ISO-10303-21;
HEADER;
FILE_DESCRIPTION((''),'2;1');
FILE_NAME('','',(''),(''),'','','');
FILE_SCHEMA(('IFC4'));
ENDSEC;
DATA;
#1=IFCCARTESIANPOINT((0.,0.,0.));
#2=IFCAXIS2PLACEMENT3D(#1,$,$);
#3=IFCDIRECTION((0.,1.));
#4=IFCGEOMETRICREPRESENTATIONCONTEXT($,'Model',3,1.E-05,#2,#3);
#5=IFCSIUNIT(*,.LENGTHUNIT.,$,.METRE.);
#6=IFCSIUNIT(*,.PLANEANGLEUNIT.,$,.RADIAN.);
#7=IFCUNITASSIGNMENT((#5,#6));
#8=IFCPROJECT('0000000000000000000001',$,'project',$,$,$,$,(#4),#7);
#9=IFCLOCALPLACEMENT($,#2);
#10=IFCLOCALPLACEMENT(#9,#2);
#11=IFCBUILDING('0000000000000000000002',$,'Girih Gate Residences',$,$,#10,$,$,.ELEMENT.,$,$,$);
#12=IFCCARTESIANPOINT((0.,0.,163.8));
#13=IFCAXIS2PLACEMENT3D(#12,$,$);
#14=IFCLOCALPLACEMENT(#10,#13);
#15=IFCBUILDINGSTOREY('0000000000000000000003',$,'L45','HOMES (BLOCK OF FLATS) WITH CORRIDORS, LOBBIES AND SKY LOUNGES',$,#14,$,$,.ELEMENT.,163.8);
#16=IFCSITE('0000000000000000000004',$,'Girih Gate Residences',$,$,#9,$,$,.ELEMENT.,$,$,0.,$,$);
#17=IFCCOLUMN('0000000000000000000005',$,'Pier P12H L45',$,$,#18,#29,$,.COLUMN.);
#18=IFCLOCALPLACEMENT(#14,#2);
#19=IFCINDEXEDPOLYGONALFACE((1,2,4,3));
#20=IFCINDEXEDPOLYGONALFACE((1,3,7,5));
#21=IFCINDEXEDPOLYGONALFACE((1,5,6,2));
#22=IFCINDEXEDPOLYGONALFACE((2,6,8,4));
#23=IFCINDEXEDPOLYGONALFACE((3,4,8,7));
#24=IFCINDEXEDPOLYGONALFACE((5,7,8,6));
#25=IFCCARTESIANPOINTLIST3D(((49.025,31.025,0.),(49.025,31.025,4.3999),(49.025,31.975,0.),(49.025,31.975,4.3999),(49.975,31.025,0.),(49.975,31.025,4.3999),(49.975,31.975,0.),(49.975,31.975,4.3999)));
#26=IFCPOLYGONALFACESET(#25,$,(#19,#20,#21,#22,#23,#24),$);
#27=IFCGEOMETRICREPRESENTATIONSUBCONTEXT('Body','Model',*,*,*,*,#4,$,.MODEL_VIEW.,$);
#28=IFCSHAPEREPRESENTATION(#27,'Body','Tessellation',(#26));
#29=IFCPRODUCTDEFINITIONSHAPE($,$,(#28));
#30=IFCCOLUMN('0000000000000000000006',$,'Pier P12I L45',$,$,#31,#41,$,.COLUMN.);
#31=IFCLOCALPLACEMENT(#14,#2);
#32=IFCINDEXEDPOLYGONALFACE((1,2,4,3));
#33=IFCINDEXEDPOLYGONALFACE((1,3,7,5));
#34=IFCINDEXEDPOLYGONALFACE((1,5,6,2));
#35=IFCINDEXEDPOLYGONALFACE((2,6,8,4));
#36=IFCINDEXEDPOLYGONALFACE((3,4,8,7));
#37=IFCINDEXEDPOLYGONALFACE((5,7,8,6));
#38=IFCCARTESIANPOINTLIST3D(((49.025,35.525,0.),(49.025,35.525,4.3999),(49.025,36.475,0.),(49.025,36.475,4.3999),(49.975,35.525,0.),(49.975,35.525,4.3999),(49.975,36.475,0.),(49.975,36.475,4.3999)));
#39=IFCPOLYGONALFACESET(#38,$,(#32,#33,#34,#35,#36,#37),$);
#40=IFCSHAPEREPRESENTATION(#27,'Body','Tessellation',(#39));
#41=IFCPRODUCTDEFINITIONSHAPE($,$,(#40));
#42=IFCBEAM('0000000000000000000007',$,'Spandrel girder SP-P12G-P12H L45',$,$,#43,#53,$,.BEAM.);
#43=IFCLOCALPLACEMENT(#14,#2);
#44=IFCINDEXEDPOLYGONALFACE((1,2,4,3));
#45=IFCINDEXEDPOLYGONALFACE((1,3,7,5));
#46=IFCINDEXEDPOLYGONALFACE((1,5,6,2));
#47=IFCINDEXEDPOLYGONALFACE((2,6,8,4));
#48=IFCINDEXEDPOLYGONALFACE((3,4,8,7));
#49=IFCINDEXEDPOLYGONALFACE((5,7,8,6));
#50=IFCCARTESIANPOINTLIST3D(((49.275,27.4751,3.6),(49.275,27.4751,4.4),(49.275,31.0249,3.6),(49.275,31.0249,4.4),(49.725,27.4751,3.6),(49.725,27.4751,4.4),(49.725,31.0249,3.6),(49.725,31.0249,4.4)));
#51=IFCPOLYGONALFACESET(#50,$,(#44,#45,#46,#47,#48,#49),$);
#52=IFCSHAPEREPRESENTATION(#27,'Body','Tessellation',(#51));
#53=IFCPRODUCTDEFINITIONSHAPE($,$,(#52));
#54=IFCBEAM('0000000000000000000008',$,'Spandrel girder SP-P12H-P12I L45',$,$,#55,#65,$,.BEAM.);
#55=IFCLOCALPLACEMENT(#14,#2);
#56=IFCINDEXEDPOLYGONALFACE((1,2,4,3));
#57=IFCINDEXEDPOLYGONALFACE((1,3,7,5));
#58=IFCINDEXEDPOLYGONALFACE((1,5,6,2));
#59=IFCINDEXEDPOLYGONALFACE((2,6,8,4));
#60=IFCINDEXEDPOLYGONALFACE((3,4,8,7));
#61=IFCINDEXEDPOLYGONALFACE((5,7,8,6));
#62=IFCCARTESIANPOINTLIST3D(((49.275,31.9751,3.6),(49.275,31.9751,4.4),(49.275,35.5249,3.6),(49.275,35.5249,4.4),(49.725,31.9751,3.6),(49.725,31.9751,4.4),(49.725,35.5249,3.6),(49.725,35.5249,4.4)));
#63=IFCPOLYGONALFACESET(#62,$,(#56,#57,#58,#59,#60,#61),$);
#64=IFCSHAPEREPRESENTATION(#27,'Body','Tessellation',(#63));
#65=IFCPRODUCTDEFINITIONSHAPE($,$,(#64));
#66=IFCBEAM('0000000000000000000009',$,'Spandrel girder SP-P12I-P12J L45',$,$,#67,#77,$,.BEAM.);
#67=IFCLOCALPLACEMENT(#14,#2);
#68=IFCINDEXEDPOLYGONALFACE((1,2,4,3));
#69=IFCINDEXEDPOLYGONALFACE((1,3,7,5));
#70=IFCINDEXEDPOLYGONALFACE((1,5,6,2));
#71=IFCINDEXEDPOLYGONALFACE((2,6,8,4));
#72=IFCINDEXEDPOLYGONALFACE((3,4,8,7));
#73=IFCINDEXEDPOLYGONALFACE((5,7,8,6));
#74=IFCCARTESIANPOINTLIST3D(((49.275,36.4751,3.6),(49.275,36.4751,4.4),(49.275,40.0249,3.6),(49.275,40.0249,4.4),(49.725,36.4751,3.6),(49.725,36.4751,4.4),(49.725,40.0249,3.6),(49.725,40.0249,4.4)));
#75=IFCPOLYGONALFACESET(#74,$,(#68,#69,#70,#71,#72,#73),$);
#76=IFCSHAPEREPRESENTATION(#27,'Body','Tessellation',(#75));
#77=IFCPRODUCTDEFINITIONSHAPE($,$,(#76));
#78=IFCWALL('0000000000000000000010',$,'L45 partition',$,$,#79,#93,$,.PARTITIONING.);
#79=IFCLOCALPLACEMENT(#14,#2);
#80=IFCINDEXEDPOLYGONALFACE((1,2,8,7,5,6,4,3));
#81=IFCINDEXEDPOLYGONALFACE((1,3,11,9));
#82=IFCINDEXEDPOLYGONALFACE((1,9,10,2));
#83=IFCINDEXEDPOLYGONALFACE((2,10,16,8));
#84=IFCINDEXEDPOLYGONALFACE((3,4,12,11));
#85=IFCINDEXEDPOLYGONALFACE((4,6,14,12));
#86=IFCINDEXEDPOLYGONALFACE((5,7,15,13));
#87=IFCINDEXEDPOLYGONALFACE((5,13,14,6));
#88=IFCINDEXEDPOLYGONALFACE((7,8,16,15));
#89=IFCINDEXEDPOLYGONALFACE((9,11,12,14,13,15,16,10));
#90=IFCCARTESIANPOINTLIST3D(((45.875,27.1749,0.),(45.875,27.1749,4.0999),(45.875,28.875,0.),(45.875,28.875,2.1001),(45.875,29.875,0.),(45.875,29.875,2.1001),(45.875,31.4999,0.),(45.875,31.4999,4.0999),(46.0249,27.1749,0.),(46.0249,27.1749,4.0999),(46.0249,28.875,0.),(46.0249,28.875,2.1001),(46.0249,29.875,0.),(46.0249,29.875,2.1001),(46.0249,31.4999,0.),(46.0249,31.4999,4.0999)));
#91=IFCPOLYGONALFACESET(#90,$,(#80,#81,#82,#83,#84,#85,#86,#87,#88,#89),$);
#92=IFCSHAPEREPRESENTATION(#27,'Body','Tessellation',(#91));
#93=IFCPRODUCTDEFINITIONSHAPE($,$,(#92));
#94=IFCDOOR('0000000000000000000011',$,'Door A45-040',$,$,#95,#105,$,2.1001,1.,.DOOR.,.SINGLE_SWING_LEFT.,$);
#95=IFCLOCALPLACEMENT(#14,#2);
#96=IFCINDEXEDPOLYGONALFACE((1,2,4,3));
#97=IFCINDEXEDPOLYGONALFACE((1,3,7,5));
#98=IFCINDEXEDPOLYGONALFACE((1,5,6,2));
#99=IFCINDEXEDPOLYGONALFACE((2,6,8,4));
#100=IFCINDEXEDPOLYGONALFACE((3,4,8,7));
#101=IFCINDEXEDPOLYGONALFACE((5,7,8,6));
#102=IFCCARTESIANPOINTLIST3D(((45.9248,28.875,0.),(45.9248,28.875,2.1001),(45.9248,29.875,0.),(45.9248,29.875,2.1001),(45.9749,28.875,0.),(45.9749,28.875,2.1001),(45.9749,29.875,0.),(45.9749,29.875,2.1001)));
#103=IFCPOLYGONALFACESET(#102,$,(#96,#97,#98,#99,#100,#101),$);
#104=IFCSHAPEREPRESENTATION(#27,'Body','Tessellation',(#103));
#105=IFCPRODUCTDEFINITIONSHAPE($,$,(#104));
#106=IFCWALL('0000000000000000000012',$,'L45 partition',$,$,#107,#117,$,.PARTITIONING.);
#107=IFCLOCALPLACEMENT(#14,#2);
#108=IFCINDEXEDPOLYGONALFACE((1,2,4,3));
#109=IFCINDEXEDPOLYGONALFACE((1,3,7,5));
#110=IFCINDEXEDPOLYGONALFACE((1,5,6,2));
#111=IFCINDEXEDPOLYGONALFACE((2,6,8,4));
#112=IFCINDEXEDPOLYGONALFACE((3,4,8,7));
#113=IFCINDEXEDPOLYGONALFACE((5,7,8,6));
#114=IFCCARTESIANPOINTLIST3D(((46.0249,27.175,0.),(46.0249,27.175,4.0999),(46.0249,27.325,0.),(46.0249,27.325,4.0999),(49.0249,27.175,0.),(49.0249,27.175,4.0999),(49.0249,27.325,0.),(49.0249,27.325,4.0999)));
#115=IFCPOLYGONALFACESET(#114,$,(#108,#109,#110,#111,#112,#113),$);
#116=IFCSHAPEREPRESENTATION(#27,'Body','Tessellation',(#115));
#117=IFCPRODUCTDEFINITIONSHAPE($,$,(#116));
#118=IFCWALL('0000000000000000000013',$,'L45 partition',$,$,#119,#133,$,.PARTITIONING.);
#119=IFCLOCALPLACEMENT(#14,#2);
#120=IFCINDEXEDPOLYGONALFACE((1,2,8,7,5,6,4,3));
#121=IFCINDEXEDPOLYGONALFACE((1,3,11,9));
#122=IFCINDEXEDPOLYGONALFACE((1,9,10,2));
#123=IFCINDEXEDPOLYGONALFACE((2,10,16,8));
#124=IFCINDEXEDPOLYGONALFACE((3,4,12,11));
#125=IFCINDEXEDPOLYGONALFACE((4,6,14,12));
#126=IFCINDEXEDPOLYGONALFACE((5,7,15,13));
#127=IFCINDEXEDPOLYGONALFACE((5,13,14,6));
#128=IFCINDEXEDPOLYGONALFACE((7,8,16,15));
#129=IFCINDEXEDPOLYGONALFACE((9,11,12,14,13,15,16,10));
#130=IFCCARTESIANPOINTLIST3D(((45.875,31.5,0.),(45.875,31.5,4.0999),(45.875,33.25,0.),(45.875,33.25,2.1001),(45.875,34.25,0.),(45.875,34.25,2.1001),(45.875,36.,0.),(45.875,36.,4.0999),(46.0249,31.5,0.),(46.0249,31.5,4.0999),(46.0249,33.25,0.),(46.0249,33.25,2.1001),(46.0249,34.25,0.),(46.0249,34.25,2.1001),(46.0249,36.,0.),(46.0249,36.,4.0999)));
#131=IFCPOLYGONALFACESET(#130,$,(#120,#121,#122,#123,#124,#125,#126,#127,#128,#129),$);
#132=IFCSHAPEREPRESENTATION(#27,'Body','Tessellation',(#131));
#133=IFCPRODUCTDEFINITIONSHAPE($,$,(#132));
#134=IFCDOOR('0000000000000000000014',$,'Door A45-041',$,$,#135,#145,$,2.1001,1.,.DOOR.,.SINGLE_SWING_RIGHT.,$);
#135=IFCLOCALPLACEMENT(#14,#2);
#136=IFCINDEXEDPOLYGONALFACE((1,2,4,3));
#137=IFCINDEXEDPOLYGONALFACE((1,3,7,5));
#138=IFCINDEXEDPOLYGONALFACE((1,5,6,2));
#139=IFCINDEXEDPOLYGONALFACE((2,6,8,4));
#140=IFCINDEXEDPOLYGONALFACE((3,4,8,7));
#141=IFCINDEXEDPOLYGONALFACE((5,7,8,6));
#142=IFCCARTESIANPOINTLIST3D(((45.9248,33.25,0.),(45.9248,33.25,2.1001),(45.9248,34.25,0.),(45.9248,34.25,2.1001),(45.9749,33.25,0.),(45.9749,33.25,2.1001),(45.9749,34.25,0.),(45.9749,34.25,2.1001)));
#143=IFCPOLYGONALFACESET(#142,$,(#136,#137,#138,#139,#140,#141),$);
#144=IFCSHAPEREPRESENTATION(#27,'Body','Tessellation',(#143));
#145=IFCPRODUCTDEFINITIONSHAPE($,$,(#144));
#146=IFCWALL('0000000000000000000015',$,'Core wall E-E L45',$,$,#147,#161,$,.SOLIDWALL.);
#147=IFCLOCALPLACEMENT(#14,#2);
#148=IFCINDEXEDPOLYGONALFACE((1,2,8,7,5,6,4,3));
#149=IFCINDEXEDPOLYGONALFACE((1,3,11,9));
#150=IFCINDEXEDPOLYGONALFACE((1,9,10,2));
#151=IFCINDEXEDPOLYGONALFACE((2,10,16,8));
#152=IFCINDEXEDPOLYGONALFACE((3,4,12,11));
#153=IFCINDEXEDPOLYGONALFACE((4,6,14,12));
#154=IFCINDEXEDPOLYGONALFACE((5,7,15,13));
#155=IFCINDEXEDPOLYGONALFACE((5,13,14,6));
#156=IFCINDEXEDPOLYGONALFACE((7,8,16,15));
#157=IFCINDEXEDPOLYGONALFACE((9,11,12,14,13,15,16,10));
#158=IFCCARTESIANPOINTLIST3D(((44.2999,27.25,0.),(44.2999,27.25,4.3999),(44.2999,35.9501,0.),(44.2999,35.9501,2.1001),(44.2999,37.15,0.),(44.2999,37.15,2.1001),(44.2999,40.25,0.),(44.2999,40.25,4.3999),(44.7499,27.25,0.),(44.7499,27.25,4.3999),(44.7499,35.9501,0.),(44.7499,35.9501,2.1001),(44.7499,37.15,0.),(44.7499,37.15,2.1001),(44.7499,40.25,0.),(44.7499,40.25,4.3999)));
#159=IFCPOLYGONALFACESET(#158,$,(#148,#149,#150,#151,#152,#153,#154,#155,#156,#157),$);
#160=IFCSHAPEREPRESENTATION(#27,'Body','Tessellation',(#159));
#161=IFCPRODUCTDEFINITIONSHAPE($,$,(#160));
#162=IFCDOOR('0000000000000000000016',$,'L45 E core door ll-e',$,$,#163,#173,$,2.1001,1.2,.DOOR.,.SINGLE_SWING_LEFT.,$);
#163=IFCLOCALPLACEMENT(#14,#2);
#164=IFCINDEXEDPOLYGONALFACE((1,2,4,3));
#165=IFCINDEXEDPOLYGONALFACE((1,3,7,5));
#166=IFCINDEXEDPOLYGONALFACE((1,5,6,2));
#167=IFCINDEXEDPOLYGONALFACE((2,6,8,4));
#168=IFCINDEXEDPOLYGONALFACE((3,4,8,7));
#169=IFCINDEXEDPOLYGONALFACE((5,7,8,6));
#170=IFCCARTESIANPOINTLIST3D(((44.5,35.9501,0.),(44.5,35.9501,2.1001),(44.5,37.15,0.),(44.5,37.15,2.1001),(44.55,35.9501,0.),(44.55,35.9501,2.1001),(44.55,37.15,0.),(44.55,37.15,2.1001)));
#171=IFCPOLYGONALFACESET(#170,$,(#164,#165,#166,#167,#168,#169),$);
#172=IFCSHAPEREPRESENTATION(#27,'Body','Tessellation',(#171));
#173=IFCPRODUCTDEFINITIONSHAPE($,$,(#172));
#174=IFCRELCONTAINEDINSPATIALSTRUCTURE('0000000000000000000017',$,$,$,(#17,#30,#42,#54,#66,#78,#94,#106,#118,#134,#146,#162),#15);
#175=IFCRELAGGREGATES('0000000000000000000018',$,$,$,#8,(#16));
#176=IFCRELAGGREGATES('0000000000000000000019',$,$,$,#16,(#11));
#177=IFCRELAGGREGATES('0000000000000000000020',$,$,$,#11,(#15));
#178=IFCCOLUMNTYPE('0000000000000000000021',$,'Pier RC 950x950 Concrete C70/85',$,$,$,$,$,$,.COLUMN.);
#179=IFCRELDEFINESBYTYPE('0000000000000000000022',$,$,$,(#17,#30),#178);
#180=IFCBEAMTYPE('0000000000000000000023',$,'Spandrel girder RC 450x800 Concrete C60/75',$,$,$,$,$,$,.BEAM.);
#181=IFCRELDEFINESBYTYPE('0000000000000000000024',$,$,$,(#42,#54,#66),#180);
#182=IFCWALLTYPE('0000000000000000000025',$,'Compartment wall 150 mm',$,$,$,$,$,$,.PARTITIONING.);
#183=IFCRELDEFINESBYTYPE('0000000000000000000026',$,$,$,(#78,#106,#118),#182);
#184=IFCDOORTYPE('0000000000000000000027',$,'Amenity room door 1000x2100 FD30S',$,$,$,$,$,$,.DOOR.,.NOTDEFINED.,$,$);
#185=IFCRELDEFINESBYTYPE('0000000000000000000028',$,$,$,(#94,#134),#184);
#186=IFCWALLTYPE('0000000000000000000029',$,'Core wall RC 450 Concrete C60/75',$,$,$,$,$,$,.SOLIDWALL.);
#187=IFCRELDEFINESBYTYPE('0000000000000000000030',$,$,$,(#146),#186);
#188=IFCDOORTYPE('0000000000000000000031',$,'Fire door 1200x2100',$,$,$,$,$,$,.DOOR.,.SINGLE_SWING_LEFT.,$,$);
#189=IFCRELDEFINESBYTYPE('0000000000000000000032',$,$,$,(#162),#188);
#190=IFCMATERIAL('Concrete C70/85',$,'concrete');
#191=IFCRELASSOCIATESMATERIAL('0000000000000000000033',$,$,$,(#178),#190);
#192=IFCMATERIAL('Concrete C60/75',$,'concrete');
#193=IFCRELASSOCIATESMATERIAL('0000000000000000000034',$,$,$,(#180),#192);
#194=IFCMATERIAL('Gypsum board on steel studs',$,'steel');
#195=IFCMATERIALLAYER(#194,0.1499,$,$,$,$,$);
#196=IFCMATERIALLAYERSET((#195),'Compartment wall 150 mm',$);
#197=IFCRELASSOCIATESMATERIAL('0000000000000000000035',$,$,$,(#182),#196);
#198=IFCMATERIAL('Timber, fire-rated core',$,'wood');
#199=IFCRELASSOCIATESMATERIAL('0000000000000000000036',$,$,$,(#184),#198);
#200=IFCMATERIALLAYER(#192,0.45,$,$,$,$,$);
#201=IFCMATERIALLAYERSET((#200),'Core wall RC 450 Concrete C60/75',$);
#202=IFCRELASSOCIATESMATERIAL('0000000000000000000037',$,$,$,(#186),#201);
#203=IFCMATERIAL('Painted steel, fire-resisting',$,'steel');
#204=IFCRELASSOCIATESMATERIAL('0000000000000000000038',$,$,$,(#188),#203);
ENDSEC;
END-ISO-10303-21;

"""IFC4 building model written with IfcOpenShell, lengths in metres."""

from ifc_helpers import new_model, si_unit, direction, frame, frame_2d, origin, origin_2d, place, context, subcontext, project, spatial, rectangle, extrude, material, layer, layer_set, material_profile, profile_set, type_object, element, fill, save


model = new_model("IFC4")

# Units and contexts
model_context = context("Model", 3, precision=1e-05, world=origin(), true_north=direction((0.0, 1.0)))
body_context = subcontext(model_context, "Body", "Model", "MODEL_VIEW")
ifc_project = project(units=[si_unit("LENGTHUNIT", "METRE"), si_unit("PLANEANGLEUNIT", "RADIAN")], contexts=[model_context])

# Site, building, storey
site_placement = place(None, origin())
site = spatial("IfcSite", under=ifc_project, at=site_placement, Name="Girih Gate Residences", CompositionType="ELEMENT", RefElevation=0.0)
building_placement = place(site_placement, origin())
building = spatial("IfcBuilding", under=site, at=building_placement, Name="Girih Gate Residences", CompositionType="ELEMENT")
storey_placement = place(building_placement, frame((0.0, 0.0, 163.8)))
storey = spatial("IfcBuildingStorey", under=building, at=storey_placement, Name="L45", Description="HOMES (BLOCK OF FLATS) WITH CORRIDORS, LOBBIES AND SKY LOUNGES", CompositionType="ELEMENT", Elevation=163.8)

# Columns
ifc_material_1 = material(Name="Concrete C70/85", Category="concrete")
ifc_material_profile_1 = material_profile(ifc_material_1, rectangle(XDim=0.95, YDim=0.95, at=origin_2d()))
ifc_profile_set_1 = profile_set([ifc_material_profile_1], Name="Concrete C70/85")
column_type = type_object("IfcColumnType", Name="Pier RC 950x950 Concrete C70/85", PredefinedType="COLUMN", material=ifc_profile_set_1)
for number, where, z_axis, x_axis, name in (
    (1, (49.5, 31.5, 0.0), (0.0, 0.0, 1.0), (1.0, 0.0, 0.0), "Pier P12H L45"),
    (2, (49.5, 36.0, 0.0), (0.0, 0.0, 1.0), (1.0, 0.0, 0.0), "Pier P12I L45"),
):
    element("IfcColumn", number, at=place(storey_placement, frame(where, z_axis=z_axis, x_axis=x_axis)), inside=storey, type_object=column_type, Name=name, PredefinedType="COLUMN", context=body_context, shape_type="SweptSolid", body=[
        extrude(rectangle(XDim=0.95, YDim=0.95, at=origin_2d()), origin(), (0.0, 0.0, 1.0), 4.3999),
    ])

# Beams
ifc_material_2 = material(Name="Concrete C60/75", Category="concrete")
ifc_material_profile_2 = material_profile(ifc_material_2, rectangle(XDim=0.45, YDim=0.8, at=origin_2d()))
ifc_profile_set_2 = profile_set([ifc_material_profile_2], Name="Concrete C60/75")
beam_type = type_object("IfcBeamType", Name="Spandrel girder RC 450x800 Concrete C60/75", PredefinedType="BEAM", material=ifc_profile_set_2)
for number, where, z_axis, x_axis, name in (
    (3, (49.5, 27.4751, 4.0), (0.0, 1.0, 0.0), (-1.0, 0.0, 0.0), "Spandrel girder SP-P12G-P12H L45"),
    (4, (49.5, 31.9751, 4.0), (0.0, 1.0, 0.0), (-1.0, 0.0, 0.0), "Spandrel girder SP-P12H-P12I L45"),
    (5, (49.5, 36.4751, 4.0), (0.0, 1.0, 0.0), (-1.0, 0.0, 0.0), "Spandrel girder SP-P12I-P12J L45"),
):
    element("IfcBeam", number, at=place(storey_placement, frame(where, z_axis=z_axis, x_axis=x_axis)), inside=storey, type_object=beam_type, Name=name, PredefinedType="BEAM", context=body_context, shape_type="SweptSolid", body=[
        extrude(rectangle(XDim=0.45, YDim=0.8, at=origin_2d()), origin(), (0.0, 0.0, 1.0), 3.5498),
    ])

# Wall, opening, door
ifc_material_3 = material(Name="Gypsum board on steel studs", Category="steel")
ifc_layer_1 = layer(ifc_material_3, 0.1499)
ifc_layer_set_1 = layer_set([ifc_layer_1], Name="Compartment wall 150 mm")
wall_type_1 = type_object("IfcWallType", Name="Compartment wall 150 mm", PredefinedType="PARTITIONING", material=ifc_layer_set_1)
wall_1_placement = place(storey_placement, frame((45.95, 31.5, 0.0), z_axis=(0.0, 0.0, 1.0), x_axis=(0.0, -1.0, 0.0)))
wall_1 = element("IfcWall", 6, at=wall_1_placement, inside=storey, type_object=wall_type_1, Name="L45 partition", PredefinedType="PARTITIONING", context=body_context, shape_type="SweptSolid", body=[
    extrude(rectangle(XDim=4.325, YDim=0.1499, at=frame_2d((2.1626, 0.0))), origin(), (0.0, 0.0, 1.0), 4.0999),
])
opening_1_placement = place(wall_1_placement, frame((1.625, 0.0, 0.0)))
opening_1 = element("IfcOpeningElement", 7, at=opening_1_placement, cuts=wall_1, PredefinedType="OPENING", context=body_context, shape_type="SweptSolid", body=[
    extrude(rectangle(XDim=1.0, YDim=2.1001, at=frame_2d((0.5, 1.05))), frame((0.0, 0.085, 0.0), z_axis=(0.0, -1.0, 0.0), x_axis=(1.0, 0.0, 0.0)), (0.0, 0.0, 1.0), 0.1699),
])
ifc_material_4 = material(Name="Timber, fire-rated core", Category="wood")
door_type_1 = type_object("IfcDoorType", Name="Amenity room door 1000x2100 FD30S", OperationType="NOTDEFINED", PredefinedType="DOOR", material=ifc_material_4)
door_1_placement = place(opening_1_placement, origin())
door_1 = element("IfcDoor", 8, at=door_1_placement, inside=storey, type_object=door_type_1, Name="Door A45-040", OperationType="SINGLE_SWING_LEFT", OverallHeight=2.1001, OverallWidth=1.0, PredefinedType="DOOR", context=body_context, shape_type="SweptSolid", body=[
    extrude(rectangle(XDim=1.0, YDim=2.1001, at=frame_2d((0.5, 1.05))), frame((0.0, 0.0249, 0.0), z_axis=(0.0, -1.0, 0.0), x_axis=(1.0, 0.0, 0.0)), (0.0, 0.0, 1.0), 0.05),
])
fill(opening_1, door_1)

# Wall
wall_2_placement = place(storey_placement, frame((46.0249, 27.25, 0.0), z_axis=(0.0, 0.0, 1.0), x_axis=(1.0, 0.0, 0.0)))
element("IfcWall", 9, at=wall_2_placement, inside=storey, type_object=wall_type_1, Name="L45 partition", PredefinedType="PARTITIONING", context=body_context, shape_type="SweptSolid", body=[
    extrude(rectangle(XDim=3.0, YDim=0.1499, at=frame_2d((1.5, 0.0))), origin(), (0.0, 0.0, 1.0), 4.0999),
])

# Walls, openings, doors
wall_3_placement = place(storey_placement, frame((45.95, 36.0, 0.0), z_axis=(0.0, 0.0, 1.0), x_axis=(0.0, -1.0, 0.0)))
wall_3 = element("IfcWall", 10, at=wall_3_placement, inside=storey, type_object=wall_type_1, Name="L45 partition", PredefinedType="PARTITIONING", context=body_context, shape_type="SweptSolid", body=[
    extrude(rectangle(XDim=4.5, YDim=0.1499, at=frame_2d((2.25, 0.0))), origin(), (0.0, 0.0, 1.0), 4.0999),
])
opening_2_placement = place(wall_3_placement, frame((1.75, 0.0, 0.0)))
opening_2 = element("IfcOpeningElement", 11, at=opening_2_placement, cuts=wall_3, PredefinedType="OPENING", context=body_context, shape_type="SweptSolid", body=[
    extrude(rectangle(XDim=1.0, YDim=2.1001, at=frame_2d((0.5, 1.05))), frame((0.0, 0.085, 0.0), z_axis=(0.0, -1.0, 0.0), x_axis=(1.0, 0.0, 0.0)), (0.0, 0.0, 1.0), 0.1699),
])
door_2_placement = place(opening_2_placement, origin())
door_2 = element("IfcDoor", 12, at=door_2_placement, inside=storey, type_object=door_type_1, Name="Door A45-041", OperationType="SINGLE_SWING_RIGHT", OverallHeight=2.1001, OverallWidth=1.0, PredefinedType="DOOR", context=body_context, shape_type="SweptSolid", body=[
    extrude(rectangle(XDim=1.0, YDim=2.1001, at=frame_2d((0.5, 1.05))), frame((0.0, 0.0249, 0.0), z_axis=(0.0, -1.0, 0.0), x_axis=(1.0, 0.0, 0.0)), (0.0, 0.0, 1.0), 0.05),
])
fill(opening_2, door_2)
ifc_layer_2 = layer(ifc_material_2, 0.45)
ifc_layer_set_2 = layer_set([ifc_layer_2], Name="Core wall RC 450 Concrete C60/75")
wall_type_2 = type_object("IfcWallType", Name="Core wall RC 450 Concrete C60/75", PredefinedType="SOLIDWALL", material=ifc_layer_set_2)
wall_4_placement = place(storey_placement, frame((44.5249, 27.25, 0.0), z_axis=(0.0, 0.0, 1.0), x_axis=(0.0, 1.0, 0.0)))
wall_4 = element("IfcWall", 13, at=wall_4_placement, inside=storey, type_object=wall_type_2, Name="Core wall E-E L45", PredefinedType="SOLIDWALL", context=body_context, shape_type="SweptSolid", body=[
    extrude(rectangle(XDim=13.0, YDim=0.45, at=frame_2d((6.5, 0.0))), origin(), (0.0, 0.0, 1.0), 4.3999),
])
opening_3_placement = place(wall_4_placement, frame((8.7, 0.0, 0.0)))
opening_3 = element("IfcOpeningElement", 14, at=opening_3_placement, cuts=wall_4, PredefinedType="OPENING", context=body_context, shape_type="SweptSolid", body=[
    extrude(rectangle(XDim=1.2, YDim=2.1001, at=frame_2d((0.6001, 1.05))), frame((0.0, 0.2349, 0.0), z_axis=(0.0, -1.0, 0.0), x_axis=(1.0, 0.0, 0.0)), (0.0, 0.0, 1.0), 0.47),
])
ifc_material_5 = material(Name="Painted steel, fire-resisting", Category="steel")
door_type_2 = type_object("IfcDoorType", Name="Fire door 1200x2100", OperationType="SINGLE_SWING_LEFT", PredefinedType="DOOR", material=ifc_material_5)
door_3_placement = place(opening_3_placement, origin())
door_3 = element("IfcDoor", 15, at=door_3_placement, inside=storey, type_object=door_type_2, Name="L45 E core door ll-e", OperationType="SINGLE_SWING_LEFT", OverallHeight=2.1001, OverallWidth=1.2, PredefinedType="DOOR", context=body_context, shape_type="SweptSolid", body=[
    extrude(rectangle(XDim=1.2, YDim=2.1001, at=frame_2d((0.6001, 1.05))), frame((0.0, 0.0249, 0.0), z_axis=(0.0, -1.0, 0.0), x_axis=(1.0, 0.0, 0.0)), (0.0, 0.0, 1.0), 0.05),
])
fill(opening_3, door_3)

save(model, "model.ifc")
